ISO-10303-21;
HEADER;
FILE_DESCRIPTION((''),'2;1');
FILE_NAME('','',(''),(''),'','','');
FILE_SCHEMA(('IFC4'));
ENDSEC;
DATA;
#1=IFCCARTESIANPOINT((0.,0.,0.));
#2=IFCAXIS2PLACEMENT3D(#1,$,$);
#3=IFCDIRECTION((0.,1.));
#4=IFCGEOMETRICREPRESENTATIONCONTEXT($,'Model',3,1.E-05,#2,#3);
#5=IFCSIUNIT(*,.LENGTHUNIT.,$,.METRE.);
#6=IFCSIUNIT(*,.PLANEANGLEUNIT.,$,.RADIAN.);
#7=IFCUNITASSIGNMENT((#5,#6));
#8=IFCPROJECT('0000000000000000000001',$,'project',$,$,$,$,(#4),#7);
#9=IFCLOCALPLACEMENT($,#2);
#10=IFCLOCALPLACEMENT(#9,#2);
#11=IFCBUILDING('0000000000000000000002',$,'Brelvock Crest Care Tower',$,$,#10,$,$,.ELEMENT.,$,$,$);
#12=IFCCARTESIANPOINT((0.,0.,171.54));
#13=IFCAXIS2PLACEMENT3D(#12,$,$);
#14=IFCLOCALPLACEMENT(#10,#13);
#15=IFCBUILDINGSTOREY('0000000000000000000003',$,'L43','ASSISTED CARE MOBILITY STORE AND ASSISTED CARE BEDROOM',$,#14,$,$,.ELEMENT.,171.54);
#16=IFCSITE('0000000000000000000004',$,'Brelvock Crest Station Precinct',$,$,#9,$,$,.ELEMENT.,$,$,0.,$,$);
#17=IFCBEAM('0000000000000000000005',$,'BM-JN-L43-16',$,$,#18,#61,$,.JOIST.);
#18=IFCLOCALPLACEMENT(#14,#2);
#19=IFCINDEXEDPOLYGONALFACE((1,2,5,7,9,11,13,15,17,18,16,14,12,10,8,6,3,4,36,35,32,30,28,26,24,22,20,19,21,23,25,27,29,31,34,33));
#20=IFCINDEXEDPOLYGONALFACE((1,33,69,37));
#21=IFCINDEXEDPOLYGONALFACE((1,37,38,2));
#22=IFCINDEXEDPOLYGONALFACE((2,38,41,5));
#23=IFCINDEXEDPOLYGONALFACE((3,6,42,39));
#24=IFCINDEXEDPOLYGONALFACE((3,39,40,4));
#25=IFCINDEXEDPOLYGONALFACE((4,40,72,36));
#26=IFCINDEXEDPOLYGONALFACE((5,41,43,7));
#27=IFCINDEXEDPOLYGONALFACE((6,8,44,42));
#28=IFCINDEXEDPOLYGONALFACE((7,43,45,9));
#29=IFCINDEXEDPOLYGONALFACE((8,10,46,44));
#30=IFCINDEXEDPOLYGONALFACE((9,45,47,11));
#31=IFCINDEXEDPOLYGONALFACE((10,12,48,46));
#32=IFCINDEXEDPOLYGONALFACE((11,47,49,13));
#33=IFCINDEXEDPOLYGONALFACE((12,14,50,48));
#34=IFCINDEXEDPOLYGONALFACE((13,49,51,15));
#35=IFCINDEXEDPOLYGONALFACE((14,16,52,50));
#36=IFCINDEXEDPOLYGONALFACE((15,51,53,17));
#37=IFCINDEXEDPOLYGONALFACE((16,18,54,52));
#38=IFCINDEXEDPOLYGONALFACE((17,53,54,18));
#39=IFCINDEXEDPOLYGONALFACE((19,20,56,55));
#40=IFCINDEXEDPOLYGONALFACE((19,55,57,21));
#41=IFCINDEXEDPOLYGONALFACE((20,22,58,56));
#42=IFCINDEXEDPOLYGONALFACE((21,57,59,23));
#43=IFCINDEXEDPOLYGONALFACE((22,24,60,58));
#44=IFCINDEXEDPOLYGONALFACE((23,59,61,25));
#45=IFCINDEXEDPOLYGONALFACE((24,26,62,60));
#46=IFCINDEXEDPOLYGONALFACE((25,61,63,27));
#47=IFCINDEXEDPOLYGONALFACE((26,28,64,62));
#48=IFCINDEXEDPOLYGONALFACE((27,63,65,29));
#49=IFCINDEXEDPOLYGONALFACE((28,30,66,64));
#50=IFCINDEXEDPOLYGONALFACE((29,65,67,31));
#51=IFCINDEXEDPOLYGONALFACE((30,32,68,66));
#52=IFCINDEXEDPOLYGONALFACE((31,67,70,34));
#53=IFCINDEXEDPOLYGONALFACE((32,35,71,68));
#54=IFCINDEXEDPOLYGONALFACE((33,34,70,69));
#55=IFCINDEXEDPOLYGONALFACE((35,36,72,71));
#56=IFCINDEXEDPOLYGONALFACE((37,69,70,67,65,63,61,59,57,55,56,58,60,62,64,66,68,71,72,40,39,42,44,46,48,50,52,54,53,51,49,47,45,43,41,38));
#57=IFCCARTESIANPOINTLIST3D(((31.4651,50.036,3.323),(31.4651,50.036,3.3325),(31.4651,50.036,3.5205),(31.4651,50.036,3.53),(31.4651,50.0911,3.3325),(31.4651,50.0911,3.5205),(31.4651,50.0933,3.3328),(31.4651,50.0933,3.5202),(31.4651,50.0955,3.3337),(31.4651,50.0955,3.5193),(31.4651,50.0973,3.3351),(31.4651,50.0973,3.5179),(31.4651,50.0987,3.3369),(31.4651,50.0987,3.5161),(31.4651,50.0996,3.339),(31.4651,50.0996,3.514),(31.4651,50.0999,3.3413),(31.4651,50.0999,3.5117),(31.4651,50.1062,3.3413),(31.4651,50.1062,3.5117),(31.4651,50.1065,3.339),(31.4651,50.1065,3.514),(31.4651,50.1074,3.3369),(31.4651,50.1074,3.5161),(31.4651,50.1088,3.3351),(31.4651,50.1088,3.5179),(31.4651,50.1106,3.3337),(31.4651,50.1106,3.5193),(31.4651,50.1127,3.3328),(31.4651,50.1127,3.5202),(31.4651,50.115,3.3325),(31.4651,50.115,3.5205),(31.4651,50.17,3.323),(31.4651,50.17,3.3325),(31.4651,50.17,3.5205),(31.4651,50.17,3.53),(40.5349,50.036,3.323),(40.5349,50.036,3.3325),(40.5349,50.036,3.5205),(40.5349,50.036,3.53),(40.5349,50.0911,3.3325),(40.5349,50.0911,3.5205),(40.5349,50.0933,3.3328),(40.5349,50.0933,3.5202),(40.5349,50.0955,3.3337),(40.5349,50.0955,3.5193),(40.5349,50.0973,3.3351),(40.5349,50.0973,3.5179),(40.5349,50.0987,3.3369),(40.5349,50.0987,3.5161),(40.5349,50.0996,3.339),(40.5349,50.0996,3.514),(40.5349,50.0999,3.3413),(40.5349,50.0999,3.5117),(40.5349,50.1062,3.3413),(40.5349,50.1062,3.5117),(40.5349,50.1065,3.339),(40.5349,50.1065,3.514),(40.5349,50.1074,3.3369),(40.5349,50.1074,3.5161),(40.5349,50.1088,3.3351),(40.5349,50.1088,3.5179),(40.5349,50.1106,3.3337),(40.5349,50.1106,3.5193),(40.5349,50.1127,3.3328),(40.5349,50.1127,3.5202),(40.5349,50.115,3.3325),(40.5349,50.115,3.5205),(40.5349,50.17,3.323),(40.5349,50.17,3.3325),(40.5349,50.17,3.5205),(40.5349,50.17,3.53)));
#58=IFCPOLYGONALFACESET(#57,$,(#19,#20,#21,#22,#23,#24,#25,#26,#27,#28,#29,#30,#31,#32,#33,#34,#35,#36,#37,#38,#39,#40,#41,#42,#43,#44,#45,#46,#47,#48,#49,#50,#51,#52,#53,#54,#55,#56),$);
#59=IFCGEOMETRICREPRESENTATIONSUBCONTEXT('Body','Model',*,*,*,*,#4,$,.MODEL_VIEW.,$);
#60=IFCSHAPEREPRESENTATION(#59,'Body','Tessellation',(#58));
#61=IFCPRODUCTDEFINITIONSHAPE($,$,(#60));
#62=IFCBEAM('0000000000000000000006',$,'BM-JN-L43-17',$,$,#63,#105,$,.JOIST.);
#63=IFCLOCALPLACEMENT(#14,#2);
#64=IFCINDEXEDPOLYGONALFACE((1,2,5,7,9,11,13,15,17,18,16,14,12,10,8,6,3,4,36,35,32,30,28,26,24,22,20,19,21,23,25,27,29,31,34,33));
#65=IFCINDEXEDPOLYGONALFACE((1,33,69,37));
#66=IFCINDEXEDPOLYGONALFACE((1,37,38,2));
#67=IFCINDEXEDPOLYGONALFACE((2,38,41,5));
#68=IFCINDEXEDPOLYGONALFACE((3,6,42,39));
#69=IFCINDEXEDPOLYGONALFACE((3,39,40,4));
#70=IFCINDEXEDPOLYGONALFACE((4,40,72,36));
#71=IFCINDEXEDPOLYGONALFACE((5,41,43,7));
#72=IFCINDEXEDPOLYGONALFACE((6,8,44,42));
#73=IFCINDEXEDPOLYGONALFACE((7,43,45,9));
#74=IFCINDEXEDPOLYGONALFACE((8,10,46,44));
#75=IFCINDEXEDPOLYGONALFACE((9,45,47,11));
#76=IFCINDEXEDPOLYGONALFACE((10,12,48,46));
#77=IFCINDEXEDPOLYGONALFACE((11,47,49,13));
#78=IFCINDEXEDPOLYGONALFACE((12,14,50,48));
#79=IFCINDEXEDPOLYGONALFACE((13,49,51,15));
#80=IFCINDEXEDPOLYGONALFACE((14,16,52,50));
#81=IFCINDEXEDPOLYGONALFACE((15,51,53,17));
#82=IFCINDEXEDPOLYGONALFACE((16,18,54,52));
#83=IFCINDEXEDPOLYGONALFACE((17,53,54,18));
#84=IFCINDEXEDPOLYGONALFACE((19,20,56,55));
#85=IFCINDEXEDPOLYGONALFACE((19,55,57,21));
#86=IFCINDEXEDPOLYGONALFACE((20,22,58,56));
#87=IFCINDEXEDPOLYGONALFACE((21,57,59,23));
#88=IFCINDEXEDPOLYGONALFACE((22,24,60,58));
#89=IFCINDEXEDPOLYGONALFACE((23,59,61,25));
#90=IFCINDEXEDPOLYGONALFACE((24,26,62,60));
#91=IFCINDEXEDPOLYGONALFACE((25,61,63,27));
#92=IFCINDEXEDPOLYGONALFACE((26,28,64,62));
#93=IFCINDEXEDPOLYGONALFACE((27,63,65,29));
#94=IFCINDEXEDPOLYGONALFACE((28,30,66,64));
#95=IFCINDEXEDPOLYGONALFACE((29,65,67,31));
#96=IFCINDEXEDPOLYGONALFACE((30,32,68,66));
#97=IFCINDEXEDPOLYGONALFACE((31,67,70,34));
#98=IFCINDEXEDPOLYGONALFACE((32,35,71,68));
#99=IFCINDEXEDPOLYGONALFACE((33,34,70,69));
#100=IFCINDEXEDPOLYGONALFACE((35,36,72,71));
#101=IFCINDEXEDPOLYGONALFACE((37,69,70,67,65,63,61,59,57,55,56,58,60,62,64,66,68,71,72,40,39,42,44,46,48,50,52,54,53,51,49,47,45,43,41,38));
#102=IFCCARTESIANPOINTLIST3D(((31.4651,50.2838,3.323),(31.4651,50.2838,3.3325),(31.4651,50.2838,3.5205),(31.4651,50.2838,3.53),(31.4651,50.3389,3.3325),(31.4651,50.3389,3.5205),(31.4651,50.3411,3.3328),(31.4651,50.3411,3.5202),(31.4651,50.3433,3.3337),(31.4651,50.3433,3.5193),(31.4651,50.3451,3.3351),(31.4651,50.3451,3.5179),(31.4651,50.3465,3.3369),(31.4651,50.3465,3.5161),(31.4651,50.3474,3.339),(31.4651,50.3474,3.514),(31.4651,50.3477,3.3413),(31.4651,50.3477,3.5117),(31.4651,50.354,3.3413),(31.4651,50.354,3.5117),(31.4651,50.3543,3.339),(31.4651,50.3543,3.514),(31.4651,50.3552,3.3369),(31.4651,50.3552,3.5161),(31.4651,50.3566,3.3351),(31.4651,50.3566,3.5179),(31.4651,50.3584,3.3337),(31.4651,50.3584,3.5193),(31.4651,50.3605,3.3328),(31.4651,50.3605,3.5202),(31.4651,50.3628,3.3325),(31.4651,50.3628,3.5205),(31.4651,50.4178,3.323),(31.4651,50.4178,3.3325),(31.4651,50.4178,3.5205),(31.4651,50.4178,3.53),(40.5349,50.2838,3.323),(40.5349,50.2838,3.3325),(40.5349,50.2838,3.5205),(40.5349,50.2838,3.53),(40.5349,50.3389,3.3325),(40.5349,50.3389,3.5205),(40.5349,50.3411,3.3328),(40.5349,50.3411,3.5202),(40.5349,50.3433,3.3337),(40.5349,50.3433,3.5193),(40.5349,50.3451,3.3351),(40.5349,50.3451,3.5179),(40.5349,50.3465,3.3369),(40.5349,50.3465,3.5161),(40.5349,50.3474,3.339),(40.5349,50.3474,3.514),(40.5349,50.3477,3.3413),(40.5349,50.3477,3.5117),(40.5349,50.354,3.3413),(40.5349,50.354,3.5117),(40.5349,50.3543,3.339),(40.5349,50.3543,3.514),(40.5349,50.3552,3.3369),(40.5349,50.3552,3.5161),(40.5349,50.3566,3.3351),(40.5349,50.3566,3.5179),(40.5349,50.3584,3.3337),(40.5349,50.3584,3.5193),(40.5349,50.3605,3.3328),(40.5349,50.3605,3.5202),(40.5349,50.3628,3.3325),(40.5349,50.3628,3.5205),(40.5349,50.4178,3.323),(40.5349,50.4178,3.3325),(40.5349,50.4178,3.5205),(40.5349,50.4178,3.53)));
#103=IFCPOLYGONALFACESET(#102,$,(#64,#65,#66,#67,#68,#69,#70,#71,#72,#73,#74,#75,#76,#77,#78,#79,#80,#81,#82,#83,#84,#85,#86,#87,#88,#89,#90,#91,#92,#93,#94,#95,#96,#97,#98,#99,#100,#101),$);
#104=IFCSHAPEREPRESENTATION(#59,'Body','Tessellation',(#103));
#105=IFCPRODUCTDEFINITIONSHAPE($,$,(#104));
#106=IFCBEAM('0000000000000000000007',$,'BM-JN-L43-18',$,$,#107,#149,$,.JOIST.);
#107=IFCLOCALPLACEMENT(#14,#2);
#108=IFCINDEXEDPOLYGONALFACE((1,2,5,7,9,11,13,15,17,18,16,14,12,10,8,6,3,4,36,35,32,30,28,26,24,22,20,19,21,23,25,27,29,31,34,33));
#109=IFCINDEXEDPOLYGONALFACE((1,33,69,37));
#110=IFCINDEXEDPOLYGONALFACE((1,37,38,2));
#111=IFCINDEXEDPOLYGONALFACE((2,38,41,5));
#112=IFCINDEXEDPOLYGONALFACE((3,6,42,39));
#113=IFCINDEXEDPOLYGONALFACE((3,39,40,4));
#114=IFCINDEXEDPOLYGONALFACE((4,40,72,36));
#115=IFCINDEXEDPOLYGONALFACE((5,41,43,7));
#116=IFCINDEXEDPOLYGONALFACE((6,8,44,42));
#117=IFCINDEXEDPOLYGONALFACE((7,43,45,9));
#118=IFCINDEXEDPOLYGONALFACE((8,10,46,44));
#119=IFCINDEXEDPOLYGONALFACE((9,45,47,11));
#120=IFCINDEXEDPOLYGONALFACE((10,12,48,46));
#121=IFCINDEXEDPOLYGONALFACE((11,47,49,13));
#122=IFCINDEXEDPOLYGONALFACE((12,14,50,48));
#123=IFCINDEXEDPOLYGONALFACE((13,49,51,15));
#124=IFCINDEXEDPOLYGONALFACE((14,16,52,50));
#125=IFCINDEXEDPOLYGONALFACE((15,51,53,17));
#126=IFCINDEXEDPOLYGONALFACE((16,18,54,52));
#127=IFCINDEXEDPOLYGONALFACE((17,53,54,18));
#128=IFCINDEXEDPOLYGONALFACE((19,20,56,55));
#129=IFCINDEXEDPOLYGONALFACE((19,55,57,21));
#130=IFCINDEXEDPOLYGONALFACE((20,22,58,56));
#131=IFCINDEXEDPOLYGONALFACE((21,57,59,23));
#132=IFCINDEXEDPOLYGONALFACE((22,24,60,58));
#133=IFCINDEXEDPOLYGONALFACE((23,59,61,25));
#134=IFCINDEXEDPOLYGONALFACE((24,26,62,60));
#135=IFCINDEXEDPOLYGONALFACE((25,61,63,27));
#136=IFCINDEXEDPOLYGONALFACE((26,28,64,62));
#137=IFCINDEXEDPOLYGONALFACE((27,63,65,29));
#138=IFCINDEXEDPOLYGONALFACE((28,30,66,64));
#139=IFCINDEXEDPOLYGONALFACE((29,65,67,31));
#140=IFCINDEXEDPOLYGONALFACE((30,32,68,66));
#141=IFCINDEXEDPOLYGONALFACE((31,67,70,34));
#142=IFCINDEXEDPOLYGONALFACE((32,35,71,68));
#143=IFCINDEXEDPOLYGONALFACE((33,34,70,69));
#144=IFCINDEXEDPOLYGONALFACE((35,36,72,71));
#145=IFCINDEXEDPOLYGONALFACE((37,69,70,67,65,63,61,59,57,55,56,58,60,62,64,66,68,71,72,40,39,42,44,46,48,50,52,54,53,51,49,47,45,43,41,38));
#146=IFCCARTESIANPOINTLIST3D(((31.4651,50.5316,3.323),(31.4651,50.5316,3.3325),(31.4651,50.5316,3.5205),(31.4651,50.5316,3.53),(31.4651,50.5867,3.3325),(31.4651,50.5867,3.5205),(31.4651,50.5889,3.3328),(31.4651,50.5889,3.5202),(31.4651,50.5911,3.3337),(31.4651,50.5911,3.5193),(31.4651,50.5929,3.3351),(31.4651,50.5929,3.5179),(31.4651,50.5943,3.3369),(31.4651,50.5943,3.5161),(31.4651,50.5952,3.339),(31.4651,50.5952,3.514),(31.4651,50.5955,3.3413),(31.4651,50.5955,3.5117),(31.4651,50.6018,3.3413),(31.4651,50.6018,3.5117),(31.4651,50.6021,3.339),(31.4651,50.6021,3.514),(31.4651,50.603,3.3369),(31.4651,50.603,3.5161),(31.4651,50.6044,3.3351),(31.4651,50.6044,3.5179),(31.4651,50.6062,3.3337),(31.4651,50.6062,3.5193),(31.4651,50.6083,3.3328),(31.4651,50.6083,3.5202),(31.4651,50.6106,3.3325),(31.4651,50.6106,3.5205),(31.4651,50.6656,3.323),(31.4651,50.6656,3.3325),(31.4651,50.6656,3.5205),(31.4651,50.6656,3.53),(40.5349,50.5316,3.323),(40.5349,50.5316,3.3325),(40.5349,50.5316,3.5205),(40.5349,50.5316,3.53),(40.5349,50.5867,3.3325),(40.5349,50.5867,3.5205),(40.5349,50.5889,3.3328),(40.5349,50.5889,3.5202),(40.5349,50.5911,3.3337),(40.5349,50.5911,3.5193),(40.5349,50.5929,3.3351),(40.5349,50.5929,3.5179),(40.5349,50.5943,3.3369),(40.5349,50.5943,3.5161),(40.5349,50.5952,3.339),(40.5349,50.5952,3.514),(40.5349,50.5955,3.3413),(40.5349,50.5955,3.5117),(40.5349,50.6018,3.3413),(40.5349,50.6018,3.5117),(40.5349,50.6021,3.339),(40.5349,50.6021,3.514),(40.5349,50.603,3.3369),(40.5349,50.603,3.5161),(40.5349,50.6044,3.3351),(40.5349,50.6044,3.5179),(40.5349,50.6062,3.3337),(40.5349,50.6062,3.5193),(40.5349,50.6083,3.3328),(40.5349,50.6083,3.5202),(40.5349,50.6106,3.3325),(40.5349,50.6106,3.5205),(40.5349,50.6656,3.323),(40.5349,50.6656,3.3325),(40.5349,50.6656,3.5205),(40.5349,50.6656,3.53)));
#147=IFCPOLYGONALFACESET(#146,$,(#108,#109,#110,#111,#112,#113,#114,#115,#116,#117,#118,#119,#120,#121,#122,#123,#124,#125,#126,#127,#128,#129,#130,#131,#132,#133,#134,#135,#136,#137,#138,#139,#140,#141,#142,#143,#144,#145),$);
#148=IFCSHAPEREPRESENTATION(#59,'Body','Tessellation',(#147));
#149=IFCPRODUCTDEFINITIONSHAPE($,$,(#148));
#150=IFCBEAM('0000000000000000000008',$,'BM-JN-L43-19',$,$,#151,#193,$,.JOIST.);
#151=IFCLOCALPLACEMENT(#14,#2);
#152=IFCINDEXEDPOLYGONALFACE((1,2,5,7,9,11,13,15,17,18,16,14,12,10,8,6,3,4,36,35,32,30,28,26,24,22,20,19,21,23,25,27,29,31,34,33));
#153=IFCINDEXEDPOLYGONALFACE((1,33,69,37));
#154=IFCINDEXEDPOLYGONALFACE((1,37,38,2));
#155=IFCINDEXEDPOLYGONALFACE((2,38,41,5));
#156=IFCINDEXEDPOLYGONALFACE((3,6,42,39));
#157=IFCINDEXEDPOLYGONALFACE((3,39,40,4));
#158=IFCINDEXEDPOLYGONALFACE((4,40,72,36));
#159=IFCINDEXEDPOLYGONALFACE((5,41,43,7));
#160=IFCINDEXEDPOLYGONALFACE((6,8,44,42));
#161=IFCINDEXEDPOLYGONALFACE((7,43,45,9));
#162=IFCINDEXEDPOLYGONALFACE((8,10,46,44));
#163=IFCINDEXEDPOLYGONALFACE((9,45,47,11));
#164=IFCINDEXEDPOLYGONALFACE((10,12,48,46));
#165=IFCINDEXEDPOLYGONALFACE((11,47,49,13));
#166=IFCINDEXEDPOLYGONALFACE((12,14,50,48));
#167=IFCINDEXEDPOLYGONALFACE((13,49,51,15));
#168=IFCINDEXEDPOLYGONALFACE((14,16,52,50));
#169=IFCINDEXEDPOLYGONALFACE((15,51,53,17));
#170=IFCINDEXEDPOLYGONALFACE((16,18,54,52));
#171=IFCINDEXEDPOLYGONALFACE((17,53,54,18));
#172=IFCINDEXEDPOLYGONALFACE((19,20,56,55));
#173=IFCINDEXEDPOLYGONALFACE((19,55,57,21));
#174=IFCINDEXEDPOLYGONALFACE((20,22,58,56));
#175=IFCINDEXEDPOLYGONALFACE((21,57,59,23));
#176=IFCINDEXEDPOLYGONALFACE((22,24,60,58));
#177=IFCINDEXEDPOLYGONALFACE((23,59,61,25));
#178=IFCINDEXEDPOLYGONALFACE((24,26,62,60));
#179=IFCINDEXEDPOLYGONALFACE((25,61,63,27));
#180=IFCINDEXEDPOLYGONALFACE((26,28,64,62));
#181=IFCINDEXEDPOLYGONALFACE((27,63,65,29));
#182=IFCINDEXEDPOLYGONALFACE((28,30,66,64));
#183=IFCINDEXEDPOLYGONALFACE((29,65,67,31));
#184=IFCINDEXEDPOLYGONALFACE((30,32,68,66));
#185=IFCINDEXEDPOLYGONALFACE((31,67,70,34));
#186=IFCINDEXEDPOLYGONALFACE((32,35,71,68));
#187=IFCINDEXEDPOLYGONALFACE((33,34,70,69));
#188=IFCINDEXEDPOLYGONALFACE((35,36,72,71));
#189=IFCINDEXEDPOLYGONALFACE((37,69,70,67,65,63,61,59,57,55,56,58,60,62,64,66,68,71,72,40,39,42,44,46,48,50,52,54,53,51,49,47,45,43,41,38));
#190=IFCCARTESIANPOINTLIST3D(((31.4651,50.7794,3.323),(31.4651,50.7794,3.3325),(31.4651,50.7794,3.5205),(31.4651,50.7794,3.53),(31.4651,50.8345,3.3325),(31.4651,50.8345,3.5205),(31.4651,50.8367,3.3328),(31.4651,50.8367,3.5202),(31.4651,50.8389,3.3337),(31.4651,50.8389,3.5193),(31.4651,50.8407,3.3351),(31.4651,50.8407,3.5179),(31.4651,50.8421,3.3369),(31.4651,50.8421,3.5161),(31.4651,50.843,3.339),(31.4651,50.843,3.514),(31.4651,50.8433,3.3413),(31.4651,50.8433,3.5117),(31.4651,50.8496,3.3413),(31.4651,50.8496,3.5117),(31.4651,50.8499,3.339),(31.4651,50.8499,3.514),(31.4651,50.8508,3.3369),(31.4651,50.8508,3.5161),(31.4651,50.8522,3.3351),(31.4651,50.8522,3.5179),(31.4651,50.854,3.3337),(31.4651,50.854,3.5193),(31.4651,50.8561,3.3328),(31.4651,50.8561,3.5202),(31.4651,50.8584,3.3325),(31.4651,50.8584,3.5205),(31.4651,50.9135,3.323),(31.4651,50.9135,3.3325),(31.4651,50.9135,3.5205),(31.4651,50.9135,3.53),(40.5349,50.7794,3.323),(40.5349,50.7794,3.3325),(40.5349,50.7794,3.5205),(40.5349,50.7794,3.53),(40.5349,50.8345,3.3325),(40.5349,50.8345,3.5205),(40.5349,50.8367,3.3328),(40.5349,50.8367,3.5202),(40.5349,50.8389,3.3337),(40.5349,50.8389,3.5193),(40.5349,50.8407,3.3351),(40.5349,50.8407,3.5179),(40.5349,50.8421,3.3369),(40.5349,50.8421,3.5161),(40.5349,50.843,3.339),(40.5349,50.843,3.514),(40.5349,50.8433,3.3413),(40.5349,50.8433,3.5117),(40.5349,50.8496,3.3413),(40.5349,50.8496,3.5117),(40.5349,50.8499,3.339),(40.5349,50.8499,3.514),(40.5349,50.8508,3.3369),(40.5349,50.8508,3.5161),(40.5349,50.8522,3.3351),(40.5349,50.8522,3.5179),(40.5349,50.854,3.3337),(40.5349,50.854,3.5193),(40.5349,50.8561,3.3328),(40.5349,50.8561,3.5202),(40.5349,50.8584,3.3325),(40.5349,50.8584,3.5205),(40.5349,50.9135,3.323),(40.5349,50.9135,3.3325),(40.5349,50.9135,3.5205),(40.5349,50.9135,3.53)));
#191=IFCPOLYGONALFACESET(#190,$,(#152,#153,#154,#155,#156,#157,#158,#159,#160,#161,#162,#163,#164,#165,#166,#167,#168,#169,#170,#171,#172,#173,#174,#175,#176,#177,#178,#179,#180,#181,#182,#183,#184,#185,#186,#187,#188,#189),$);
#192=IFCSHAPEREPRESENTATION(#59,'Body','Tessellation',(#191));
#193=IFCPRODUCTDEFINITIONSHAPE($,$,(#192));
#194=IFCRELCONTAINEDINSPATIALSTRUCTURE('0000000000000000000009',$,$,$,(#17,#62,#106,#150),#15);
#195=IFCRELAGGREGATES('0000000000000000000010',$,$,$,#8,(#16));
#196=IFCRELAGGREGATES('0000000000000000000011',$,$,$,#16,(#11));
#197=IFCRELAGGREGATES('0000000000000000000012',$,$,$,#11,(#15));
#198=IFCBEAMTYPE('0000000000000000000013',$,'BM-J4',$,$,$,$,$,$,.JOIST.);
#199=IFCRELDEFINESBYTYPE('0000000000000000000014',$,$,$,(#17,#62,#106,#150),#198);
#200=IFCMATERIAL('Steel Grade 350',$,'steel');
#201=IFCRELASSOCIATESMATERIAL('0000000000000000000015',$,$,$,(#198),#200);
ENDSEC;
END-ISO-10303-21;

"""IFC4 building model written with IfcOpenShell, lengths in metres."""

from ifc_helpers import new_model, si_unit, direction, frame, origin, origin_2d, place, context, subcontext, project, spatial, i_section, extrude, source, transform, mapped, material, material_profile, profile_set, type_object, element, save


model = new_model("IFC4")

# Units and contexts
model_context = context("Model", 3, precision=1e-05, world=origin(), true_north=direction((0.0, 1.0)))
body_context = subcontext(model_context, "Body", "Model", "MODEL_VIEW")
ifc_project = project(units=[si_unit("LENGTHUNIT", "METRE"), si_unit("PLANEANGLEUNIT", "RADIAN")], contexts=[model_context])

# Site, building, storey
site_placement = place(None, origin())
site = spatial("IfcSite", under=ifc_project, at=site_placement, Name="Brelvock Crest Station Precinct", CompositionType="ELEMENT", RefElevation=0.0)
building_placement = place(site_placement, origin())
building = spatial("IfcBuilding", under=site, at=building_placement, Name="Brelvock Crest Care Tower", CompositionType="ELEMENT")
storey_placement = place(building_placement, frame((0.0, 0.0, 171.54)))
storey = spatial("IfcBuildingStorey", under=building, at=storey_placement, Name="L43", Description="ASSISTED CARE MOBILITY STORE AND ASSISTED CARE BEDROOM", CompositionType="ELEMENT", Elevation=171.54)

# Shared definitions
ifc_material_1 = material(Name="Steel Grade 350", Category="steel")

# Beams
ifc_material_profile_1 = material_profile(ifc_material_1, i_section(OverallWidth=0.134, OverallDepth=0.207, WebThickness=0.0063, FlangeThickness=0.0095, FilletRadius=0.0088, at=origin_2d()), Name="200UB29.8")
ifc_profile_set_1 = profile_set([ifc_material_profile_1], Name="Steel Grade 350")
beam_type_1 = type_object("IfcBeamType", Name="BM-J4", PredefinedType="JOIST", material=ifc_profile_set_1)
shared_shape_1 = source(origin(), body_context, "Body", "SweptSolid", [
    extrude(i_section(OverallWidth=0.134, OverallDepth=0.207, WebThickness=0.0063, FlangeThickness=0.0095, FilletRadius=0.0088, at=origin_2d()), origin(), (0.0, 0.0, 1.0), 9.0698),
])
for number, where, z_axis, x_axis, name in (
    (1, (31.4651, 50.103, 3.4265), (1.0, 0.0, 0.0), (0.0, 1.0, 0.0), "BM-JN-L43-16"),
    (2, (31.4651, 50.3508, 3.4265), (1.0, 0.0, 0.0), (0.0, 1.0, 0.0), "BM-JN-L43-17"),
    (3, (31.4651, 50.5986, 3.4265), (1.0, 0.0, 0.0), (0.0, 1.0, 0.0), "BM-JN-L43-18"),
    (4, (31.4651, 50.8464, 3.4265), (1.0, 0.0, 0.0), (0.0, 1.0, 0.0), "BM-JN-L43-19"),
):
    element("IfcBeam", number, at=place(storey_placement, frame(where, z_axis=z_axis, x_axis=x_axis)), inside=storey, type_object=beam_type_1, Name=name, PredefinedType="JOIST", context=body_context, shape_type="MappedRepresentation", body=[
        mapped(shared_shape_1, transform((0.0, 0.0, 0.0), x_axis=(1.0, 0.0, 0.0), y_axis=(0.0, 1.0, 0.0), z_axis=(0.0, 0.0, 1.0), scale=1.0)),
    ])

save(model, "model.ifc")
